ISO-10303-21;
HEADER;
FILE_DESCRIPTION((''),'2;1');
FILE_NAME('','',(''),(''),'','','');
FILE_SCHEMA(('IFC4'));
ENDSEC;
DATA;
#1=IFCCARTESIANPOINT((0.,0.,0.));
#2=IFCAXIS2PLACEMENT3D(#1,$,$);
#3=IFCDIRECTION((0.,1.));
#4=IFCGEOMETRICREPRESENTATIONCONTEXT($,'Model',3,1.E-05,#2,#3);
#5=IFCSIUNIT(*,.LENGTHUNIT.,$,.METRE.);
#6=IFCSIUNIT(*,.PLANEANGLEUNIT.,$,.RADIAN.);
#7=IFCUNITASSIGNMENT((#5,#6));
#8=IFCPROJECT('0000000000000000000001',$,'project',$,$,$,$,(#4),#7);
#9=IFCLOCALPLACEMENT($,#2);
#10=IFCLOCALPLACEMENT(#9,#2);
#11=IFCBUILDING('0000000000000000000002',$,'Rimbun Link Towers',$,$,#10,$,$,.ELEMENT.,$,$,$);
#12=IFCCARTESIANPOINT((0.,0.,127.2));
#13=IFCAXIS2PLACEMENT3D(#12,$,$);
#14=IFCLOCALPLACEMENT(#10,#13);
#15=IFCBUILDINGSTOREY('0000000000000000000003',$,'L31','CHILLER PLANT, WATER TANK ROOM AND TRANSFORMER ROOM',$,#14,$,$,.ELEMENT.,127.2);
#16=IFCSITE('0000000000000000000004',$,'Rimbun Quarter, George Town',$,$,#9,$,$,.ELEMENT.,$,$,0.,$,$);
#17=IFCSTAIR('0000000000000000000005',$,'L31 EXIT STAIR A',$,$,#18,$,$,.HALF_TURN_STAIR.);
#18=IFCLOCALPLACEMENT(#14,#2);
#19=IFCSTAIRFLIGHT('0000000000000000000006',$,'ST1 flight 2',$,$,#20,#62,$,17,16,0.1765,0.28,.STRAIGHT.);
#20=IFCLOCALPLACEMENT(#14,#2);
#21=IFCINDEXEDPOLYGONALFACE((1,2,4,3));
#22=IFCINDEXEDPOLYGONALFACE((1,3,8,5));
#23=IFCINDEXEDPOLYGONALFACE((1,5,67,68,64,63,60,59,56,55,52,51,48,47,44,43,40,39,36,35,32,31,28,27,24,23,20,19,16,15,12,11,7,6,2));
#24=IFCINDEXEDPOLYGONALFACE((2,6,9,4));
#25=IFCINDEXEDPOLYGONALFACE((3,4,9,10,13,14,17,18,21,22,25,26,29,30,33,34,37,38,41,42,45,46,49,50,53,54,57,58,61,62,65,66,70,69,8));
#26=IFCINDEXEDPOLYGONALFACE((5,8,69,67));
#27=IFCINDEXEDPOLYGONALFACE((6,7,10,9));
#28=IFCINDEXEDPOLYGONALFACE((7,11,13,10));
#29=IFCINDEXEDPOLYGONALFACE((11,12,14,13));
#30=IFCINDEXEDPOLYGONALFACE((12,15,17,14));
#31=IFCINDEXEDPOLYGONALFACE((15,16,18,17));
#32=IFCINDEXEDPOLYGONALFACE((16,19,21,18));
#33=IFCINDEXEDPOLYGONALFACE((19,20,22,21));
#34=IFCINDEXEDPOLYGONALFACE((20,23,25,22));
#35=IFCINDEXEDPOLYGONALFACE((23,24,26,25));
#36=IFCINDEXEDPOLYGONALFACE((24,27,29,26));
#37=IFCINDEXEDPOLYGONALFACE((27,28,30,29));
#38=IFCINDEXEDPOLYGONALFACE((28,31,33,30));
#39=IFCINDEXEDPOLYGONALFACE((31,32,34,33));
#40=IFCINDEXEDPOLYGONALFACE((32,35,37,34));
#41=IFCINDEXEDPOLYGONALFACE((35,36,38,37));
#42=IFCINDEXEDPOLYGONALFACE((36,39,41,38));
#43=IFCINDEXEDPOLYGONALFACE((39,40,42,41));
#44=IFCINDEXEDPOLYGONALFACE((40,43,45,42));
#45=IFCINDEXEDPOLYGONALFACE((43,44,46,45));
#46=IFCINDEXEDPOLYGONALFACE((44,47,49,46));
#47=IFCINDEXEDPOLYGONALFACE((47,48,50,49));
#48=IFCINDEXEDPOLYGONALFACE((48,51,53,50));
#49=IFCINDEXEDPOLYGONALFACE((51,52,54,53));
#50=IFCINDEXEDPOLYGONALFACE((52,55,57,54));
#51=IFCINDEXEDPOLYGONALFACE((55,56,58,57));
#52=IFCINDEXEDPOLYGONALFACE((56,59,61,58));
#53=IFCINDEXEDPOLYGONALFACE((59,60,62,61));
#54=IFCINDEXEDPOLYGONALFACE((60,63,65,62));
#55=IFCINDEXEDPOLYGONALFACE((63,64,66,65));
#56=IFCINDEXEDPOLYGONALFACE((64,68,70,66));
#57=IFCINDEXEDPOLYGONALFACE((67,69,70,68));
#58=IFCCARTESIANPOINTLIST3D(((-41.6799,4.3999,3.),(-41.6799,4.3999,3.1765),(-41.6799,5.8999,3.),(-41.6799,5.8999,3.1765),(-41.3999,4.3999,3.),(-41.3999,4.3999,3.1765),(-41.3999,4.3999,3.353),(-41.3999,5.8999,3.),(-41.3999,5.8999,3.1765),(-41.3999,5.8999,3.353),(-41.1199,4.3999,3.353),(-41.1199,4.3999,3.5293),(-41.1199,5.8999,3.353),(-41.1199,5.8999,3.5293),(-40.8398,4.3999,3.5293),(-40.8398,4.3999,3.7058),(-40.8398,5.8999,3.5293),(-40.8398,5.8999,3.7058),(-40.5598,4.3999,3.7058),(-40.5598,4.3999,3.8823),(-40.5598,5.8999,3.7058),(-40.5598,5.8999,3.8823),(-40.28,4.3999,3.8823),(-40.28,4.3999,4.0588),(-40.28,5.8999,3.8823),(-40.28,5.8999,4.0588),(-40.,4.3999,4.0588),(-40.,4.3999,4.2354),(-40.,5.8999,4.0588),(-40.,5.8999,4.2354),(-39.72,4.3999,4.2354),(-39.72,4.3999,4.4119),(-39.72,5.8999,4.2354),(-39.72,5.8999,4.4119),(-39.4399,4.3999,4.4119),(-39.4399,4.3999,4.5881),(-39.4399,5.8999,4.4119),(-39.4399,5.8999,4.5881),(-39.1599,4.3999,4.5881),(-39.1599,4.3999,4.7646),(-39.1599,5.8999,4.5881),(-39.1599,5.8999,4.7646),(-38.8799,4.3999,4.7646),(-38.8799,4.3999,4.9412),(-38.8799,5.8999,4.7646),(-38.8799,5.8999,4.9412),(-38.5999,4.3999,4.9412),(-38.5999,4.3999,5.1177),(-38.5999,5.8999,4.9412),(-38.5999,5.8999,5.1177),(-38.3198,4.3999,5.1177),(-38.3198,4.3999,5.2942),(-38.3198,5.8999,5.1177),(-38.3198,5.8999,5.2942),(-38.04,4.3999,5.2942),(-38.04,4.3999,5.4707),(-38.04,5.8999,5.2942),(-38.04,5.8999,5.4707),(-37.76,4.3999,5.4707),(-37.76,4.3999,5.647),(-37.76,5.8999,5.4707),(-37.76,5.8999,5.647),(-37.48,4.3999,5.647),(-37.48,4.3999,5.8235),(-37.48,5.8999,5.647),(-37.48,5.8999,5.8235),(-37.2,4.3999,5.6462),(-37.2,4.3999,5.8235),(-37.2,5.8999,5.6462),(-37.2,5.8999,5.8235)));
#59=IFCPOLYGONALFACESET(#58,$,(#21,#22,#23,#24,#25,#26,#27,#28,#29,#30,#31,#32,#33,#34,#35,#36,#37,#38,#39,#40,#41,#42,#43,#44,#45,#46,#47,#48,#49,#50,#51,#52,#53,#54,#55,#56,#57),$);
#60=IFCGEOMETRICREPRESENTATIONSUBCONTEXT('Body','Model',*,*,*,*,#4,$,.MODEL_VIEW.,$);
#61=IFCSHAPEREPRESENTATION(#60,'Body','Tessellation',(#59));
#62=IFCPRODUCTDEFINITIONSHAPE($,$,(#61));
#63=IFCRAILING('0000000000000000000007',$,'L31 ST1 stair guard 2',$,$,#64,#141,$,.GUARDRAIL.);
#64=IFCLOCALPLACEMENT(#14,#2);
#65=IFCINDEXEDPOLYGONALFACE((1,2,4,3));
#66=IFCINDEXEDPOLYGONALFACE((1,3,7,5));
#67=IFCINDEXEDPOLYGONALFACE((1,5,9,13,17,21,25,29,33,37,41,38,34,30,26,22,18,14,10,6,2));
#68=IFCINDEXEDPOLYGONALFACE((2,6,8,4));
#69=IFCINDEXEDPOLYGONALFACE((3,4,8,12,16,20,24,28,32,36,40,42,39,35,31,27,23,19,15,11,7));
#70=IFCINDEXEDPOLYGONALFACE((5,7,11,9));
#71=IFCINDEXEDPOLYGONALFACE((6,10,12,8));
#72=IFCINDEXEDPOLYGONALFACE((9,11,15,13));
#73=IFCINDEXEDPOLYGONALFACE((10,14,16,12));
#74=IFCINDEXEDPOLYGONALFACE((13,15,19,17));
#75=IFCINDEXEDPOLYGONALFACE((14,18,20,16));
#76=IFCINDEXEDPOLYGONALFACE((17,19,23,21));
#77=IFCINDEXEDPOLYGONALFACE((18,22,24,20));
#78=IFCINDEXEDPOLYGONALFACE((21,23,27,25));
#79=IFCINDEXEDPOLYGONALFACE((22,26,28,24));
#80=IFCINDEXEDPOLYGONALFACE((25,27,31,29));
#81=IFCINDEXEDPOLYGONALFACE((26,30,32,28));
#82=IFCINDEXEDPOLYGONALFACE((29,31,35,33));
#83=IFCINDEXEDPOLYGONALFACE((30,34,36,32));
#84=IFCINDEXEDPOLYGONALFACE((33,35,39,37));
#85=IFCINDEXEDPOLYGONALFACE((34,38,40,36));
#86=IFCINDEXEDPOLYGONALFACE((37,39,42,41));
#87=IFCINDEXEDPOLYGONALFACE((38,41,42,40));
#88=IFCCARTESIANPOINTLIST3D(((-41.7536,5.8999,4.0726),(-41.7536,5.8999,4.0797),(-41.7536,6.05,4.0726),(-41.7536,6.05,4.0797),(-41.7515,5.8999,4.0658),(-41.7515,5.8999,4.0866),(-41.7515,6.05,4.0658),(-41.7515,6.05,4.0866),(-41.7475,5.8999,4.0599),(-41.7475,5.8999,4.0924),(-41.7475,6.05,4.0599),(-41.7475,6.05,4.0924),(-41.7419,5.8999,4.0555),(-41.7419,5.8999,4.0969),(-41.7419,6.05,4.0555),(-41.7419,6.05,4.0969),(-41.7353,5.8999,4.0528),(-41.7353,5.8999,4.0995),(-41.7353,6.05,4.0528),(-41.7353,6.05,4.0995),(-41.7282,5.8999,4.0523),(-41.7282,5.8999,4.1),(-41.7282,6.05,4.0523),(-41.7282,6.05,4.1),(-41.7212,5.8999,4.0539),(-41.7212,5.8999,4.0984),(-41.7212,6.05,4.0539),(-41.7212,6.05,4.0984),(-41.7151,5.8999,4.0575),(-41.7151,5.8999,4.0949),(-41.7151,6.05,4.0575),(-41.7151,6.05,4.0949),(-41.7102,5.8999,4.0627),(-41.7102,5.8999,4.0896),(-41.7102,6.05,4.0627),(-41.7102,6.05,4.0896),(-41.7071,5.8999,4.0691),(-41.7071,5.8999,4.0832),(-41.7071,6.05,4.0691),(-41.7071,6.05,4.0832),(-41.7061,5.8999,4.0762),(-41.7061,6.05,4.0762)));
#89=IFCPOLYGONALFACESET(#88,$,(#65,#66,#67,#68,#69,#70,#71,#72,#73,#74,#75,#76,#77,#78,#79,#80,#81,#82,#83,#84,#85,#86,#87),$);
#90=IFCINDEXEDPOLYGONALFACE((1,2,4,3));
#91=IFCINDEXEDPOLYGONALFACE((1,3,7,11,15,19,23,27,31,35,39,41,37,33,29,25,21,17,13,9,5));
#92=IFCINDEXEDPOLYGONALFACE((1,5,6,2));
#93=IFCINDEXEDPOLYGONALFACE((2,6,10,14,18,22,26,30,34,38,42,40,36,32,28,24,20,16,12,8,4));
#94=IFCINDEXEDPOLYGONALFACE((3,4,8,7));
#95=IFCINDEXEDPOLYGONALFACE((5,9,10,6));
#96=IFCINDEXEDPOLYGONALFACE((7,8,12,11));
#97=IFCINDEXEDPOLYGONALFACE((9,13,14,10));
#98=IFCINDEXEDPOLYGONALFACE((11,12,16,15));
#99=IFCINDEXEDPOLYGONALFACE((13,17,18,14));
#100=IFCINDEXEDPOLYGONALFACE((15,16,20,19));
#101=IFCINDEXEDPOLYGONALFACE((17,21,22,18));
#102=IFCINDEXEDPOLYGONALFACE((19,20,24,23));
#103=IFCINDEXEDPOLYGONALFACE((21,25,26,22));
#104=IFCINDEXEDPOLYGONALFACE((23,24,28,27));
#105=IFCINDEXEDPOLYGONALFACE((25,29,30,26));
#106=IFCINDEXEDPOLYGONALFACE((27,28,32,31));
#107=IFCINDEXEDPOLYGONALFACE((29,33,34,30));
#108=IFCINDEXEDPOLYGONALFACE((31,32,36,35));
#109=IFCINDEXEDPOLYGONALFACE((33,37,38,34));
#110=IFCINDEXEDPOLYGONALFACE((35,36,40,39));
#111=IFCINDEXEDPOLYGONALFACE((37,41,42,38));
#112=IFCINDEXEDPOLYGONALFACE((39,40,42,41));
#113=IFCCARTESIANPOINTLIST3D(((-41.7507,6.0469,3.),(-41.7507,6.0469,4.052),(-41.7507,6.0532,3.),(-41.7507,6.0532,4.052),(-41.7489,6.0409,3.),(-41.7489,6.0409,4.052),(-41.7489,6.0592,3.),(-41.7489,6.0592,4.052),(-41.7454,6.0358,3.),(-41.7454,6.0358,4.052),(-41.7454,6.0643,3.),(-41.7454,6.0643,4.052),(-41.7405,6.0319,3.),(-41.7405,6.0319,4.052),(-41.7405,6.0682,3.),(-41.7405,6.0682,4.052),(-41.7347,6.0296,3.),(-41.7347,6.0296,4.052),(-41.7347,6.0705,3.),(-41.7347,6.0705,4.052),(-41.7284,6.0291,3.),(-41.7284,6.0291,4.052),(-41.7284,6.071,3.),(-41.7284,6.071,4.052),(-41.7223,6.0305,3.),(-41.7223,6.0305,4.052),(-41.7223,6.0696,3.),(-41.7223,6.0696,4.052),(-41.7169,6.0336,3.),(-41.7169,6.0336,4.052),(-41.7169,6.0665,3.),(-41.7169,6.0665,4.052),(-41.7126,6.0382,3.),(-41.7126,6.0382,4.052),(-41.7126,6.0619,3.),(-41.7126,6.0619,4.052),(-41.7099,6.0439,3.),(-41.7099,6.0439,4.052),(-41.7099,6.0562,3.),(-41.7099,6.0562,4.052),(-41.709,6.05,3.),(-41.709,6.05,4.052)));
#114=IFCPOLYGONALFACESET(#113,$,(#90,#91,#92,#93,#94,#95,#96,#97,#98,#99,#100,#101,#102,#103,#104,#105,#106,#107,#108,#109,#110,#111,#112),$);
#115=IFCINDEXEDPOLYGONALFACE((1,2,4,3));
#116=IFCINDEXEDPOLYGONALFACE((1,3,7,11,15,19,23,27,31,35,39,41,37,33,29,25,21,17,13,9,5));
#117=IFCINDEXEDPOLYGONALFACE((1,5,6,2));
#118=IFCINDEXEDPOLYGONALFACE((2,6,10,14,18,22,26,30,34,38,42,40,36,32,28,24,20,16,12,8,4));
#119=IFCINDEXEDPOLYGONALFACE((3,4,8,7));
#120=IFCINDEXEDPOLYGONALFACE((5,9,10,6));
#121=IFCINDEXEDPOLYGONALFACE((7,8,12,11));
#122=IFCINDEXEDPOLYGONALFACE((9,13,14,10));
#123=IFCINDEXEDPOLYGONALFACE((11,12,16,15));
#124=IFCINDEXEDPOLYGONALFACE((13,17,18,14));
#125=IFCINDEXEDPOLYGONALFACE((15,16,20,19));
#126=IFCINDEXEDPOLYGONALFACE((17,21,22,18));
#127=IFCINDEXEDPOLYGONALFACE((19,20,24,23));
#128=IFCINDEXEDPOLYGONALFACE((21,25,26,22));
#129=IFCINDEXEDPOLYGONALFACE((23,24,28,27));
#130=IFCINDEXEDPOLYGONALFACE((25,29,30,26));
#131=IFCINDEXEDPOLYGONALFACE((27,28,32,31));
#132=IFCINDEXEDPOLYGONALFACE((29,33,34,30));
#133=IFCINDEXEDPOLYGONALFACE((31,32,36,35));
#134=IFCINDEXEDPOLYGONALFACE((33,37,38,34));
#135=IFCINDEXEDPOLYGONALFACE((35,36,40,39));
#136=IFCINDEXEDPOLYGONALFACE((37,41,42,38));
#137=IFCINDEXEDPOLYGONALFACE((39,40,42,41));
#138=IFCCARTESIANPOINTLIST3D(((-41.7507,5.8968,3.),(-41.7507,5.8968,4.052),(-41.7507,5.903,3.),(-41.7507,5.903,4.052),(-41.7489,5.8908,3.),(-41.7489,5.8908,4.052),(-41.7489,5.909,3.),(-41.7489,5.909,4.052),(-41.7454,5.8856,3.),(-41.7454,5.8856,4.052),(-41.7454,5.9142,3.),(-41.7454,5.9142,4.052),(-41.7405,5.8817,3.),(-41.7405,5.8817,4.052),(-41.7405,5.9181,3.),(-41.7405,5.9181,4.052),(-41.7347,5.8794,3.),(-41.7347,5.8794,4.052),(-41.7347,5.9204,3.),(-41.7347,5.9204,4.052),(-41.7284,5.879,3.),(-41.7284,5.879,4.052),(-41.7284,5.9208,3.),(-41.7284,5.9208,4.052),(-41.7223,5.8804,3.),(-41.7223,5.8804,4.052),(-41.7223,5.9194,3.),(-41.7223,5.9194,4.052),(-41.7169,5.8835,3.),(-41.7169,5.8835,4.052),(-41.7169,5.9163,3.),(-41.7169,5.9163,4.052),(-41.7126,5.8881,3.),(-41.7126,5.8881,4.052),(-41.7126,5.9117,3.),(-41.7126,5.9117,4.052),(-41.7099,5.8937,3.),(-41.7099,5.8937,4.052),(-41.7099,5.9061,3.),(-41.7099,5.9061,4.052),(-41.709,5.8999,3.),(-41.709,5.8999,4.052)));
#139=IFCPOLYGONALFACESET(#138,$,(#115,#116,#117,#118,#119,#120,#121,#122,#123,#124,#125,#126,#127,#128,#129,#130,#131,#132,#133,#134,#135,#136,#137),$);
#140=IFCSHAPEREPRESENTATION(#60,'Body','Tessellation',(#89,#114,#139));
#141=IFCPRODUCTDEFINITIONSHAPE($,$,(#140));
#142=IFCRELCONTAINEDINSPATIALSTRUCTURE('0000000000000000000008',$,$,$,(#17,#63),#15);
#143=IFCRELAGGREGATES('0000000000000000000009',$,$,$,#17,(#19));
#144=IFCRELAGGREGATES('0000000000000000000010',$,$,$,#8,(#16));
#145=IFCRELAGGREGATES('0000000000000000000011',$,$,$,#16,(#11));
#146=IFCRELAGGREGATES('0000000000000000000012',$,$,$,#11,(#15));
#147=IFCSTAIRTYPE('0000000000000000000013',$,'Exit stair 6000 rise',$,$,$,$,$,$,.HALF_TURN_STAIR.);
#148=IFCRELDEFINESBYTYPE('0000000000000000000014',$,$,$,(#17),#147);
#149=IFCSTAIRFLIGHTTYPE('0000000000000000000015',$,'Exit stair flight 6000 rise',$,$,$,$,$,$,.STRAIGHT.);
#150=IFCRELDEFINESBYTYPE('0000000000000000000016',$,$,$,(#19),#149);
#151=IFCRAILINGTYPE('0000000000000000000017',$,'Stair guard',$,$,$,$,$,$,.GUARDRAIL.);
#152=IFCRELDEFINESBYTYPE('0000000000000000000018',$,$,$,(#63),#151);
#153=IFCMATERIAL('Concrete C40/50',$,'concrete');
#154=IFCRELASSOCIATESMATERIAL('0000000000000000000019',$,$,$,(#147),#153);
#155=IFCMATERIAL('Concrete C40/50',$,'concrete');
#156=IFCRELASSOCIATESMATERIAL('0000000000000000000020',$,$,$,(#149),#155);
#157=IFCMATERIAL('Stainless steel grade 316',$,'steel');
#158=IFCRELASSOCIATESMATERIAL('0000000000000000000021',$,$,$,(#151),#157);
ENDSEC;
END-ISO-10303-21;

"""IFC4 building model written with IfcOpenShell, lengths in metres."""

from ifc_helpers import new_model, si_unit, direction, frame, origin, origin_2d, place, context, subcontext, project, spatial, polyline, circle, outline, extrude, material, type_object, element, aggregate, save


model = new_model("IFC4")

# Units and contexts
model_context = context("Model", 3, precision=1e-05, world=origin(), true_north=direction((0.0, 1.0)))
body_context = subcontext(model_context, "Body", "Model", "MODEL_VIEW")
ifc_project = project(units=[si_unit("LENGTHUNIT", "METRE"), si_unit("PLANEANGLEUNIT", "RADIAN")], contexts=[model_context])

# Site, building, storey
site_placement = place(None, origin())
site = spatial("IfcSite", under=ifc_project, at=site_placement, Name="Rimbun Quarter, George Town", CompositionType="ELEMENT", RefElevation=0.0)
building_placement = place(site_placement, origin())
building = spatial("IfcBuilding", under=site, at=building_placement, Name="Rimbun Link Towers", CompositionType="ELEMENT")
storey_placement = place(building_placement, frame((0.0, 0.0, 127.2)))
storey = spatial("IfcBuildingStorey", under=building, at=storey_placement, Name="L31", Description="CHILLER PLANT, WATER TANK ROOM AND TRANSFORMER ROOM", CompositionType="ELEMENT", Elevation=127.2)

# Stair, stair flight
ifc_material_1 = material(Name="Concrete C40/50", Category="concrete")
stair_type = type_object("IfcStairType", Name="Exit stair 6000 rise", PredefinedType="HALF_TURN_STAIR", material=ifc_material_1)
stair_placement = place(storey_placement, origin())
stair = element("IfcStair", 1, at=stair_placement, inside=storey, type_object=stair_type, Name="L31 EXIT STAIR A", PredefinedType="HALF_TURN_STAIR")
ifc_material_2 = material(Name="Concrete C40/50", Category="concrete")
stair_flight_type = type_object("IfcStairFlightType", Name="Exit stair flight 6000 rise", PredefinedType="STRAIGHT", material=ifc_material_2)
stair_flight_placement = place(storey_placement, frame((-41.6799, 5.1499, 3.0), z_axis=(0.0, 0.0, 1.0), x_axis=(1.0, 0.0, 0.0)))
stair_flight = element("IfcStairFlight", 2, at=stair_flight_placement, type_object=stair_flight_type, Name="ST1 flight 2", NumberOfRisers=17, NumberOfTreads=16, PredefinedType="STRAIGHT", RiserHeight=0.1765, TreadLength=0.28, context=body_context, shape_type="SweptSolid", body=[
    extrude(outline(polyline([(0.0, 0.0), (0.0, 0.1765), (0.28, 0.1765), (0.28, 0.353), (0.5601, 0.353), (0.5601, 0.5293), (0.8401, 0.5293), (0.8401, 0.7058), (1.1201, 0.7058), (1.1201, 0.8823), (1.3999, 0.8823), (1.3999, 1.0588), (1.6799, 1.0588), (1.6799, 1.2354), (1.96, 1.2354), (1.96, 1.4119), (2.24, 1.4119), (2.24, 1.5881), (2.52, 1.5881), (2.52, 1.7646), (2.8, 1.7646), (2.8, 1.9412), (3.0801, 1.9412), (3.0801, 2.1177), (3.3601, 2.1177), (3.3601, 2.2942), (3.6399, 2.2942), (3.6399, 2.4707), (3.9199, 2.4707), (3.9199, 2.647), (4.2, 2.647), (4.2, 2.8235), (4.48, 2.8235), (4.48, 3.0), (4.48, 2.6462), (0.28, 0.0), (0.0, 0.0)])), frame((0.0, 0.75, 0.0), z_axis=(0.0, -1.0, 0.0), x_axis=(1.0, 0.0, 0.0)), (0.0, 0.0, 1.0), 1.5),
])
aggregate(stair, [stair_flight])

# Railing
ifc_material_3 = material(Name="Stainless steel grade 316", Category="steel")
railing_type_1 = type_object("IfcRailingType", Name="Stair guard", PredefinedType="GUARDRAIL", material=ifc_material_3)
railing_1_placement = place(storey_placement, frame((-41.73, 6.05, 3.0)))
element("IfcRailing", 3, at=railing_1_placement, inside=storey, type_object=railing_type_1, Name="L31 ST1 stair guard 2", PredefinedType="GUARDRAIL", context=body_context, shape_type="SweptSolid", body=[
    extrude(circle(Radius=0.0239, at=origin_2d()), frame((0.0, 0.0, 1.0762), z_axis=(0.0, -1.0, 0.0), x_axis=(1.0, 0.0, 0.0)), (0.0, 0.0, 1.0), 0.1501),
    extrude(circle(Radius=0.021, at=origin_2d()), origin(), (0.0, 0.0, 1.0), 1.052),
    extrude(circle(Radius=0.021, at=origin_2d()), frame((0.0, -0.1501, 0.0)), (0.0, 0.0, 1.0), 1.052),
])

save(model, "model.ifc")
